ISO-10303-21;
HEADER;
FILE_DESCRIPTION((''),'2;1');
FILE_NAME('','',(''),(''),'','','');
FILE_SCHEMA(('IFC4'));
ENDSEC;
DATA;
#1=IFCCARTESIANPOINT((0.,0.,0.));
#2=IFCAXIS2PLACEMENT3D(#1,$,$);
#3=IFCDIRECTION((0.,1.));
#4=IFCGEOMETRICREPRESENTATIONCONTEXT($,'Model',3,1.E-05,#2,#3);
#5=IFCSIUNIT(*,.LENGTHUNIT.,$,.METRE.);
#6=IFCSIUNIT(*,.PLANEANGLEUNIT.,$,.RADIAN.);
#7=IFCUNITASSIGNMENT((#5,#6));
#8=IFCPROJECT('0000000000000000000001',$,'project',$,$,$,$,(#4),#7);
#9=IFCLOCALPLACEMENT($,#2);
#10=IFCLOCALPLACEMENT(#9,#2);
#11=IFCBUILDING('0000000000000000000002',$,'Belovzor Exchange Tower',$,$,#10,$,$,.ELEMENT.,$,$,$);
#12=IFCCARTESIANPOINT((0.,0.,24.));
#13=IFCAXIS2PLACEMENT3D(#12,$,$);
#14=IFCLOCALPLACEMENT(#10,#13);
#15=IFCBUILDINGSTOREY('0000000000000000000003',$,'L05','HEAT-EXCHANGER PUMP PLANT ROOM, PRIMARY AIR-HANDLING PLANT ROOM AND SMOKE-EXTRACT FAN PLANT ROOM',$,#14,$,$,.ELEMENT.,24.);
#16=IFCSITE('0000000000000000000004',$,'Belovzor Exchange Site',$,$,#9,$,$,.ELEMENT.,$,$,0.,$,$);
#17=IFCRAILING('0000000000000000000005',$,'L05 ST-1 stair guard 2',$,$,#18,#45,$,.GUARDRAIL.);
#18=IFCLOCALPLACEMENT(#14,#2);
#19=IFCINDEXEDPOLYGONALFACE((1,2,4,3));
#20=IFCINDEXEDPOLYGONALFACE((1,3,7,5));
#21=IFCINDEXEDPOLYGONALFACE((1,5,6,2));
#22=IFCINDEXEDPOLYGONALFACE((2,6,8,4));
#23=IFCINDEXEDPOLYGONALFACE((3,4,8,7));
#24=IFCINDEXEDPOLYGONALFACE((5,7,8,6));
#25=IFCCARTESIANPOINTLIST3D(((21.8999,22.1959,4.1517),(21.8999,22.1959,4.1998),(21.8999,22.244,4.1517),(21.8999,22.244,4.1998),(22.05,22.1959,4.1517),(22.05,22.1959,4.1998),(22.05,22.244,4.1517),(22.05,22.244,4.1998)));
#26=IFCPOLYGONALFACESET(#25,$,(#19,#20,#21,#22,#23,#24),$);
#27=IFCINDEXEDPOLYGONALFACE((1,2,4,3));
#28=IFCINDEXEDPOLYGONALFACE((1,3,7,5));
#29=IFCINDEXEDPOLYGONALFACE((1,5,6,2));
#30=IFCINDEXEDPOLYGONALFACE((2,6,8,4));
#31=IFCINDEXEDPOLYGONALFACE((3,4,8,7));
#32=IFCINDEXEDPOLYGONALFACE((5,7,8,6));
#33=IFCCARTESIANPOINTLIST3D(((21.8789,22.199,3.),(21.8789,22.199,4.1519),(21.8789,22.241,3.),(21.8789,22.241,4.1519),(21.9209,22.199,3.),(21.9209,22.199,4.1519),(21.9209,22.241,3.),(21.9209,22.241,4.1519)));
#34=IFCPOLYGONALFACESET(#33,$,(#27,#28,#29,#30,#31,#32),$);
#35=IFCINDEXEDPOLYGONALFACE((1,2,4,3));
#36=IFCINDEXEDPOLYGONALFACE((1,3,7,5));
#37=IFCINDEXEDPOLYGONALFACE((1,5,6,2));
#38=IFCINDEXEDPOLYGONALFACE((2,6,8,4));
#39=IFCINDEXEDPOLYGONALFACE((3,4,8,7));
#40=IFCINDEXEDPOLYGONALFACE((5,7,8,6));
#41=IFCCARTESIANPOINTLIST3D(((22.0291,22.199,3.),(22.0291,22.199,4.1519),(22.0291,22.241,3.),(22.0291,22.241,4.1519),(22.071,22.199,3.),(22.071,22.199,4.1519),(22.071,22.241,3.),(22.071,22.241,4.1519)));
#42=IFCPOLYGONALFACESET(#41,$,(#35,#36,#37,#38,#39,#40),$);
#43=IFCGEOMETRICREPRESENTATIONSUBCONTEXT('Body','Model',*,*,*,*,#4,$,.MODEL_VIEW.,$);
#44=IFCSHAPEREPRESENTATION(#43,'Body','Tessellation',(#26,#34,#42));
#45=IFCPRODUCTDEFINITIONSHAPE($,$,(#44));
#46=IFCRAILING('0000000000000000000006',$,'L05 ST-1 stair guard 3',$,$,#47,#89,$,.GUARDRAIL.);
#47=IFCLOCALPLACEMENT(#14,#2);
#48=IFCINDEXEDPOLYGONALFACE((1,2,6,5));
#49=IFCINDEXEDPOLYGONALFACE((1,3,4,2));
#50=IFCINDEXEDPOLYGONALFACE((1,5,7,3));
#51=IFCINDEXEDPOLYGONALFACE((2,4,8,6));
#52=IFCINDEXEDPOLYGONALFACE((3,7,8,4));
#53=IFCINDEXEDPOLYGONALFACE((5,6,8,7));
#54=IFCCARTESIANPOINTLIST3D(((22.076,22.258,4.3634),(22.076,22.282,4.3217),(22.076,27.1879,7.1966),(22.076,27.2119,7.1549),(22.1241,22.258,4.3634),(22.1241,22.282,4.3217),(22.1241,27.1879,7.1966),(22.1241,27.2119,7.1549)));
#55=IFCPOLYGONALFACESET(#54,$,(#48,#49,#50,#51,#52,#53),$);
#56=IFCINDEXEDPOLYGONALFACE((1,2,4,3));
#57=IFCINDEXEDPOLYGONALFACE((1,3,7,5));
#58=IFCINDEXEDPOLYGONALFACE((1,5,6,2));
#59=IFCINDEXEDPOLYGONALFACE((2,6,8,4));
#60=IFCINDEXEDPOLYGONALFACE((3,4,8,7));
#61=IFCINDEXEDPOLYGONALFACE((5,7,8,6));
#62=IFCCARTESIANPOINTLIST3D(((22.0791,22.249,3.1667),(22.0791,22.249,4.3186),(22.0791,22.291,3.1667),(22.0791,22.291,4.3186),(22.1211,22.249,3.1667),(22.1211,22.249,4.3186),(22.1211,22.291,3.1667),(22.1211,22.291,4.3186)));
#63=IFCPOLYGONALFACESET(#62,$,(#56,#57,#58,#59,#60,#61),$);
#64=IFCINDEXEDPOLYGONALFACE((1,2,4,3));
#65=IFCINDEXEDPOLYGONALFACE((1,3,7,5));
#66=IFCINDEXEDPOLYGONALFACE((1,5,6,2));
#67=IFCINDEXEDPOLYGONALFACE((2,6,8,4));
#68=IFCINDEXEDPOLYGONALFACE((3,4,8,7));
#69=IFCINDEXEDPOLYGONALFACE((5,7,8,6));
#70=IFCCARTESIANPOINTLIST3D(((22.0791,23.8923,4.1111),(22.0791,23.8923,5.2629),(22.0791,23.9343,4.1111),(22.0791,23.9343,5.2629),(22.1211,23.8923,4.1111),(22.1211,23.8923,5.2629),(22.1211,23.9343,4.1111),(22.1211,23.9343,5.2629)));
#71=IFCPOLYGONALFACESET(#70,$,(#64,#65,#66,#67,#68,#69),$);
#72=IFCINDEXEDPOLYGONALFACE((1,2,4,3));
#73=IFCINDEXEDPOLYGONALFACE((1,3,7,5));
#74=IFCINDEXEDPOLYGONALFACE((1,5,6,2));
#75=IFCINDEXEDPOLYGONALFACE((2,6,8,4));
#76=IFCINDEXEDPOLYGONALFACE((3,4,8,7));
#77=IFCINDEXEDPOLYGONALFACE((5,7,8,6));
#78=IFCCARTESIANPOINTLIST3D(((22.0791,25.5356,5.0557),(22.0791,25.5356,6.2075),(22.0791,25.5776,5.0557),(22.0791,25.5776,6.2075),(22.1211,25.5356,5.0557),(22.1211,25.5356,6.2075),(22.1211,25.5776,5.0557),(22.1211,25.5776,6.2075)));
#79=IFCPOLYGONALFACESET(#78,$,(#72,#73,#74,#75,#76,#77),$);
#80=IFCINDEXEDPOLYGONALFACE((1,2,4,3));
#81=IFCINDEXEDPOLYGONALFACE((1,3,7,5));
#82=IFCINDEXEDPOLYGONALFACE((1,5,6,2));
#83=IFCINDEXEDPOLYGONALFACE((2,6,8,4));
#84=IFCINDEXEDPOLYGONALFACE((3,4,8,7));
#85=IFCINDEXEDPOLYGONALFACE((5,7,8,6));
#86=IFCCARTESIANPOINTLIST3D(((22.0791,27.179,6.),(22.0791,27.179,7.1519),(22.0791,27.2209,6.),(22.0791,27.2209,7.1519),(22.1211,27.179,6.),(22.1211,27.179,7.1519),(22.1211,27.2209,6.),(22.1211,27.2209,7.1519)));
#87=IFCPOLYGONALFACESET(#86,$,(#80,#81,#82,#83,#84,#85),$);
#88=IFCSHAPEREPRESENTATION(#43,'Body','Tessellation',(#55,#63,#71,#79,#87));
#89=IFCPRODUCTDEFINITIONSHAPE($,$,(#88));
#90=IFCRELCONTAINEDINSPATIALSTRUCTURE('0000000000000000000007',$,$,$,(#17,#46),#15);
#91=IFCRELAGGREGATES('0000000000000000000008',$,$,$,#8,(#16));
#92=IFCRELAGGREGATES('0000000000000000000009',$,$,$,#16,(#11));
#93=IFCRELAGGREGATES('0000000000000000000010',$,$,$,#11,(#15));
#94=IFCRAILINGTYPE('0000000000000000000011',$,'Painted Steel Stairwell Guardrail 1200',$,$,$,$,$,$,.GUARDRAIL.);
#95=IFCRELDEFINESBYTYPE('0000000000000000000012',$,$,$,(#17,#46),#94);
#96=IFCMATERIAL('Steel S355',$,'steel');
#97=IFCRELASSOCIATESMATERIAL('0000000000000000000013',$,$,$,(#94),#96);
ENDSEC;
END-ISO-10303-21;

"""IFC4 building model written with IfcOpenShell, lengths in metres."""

from ifc_helpers import new_model, si_unit, direction, frame, origin, origin_2d, place, context, subcontext, project, spatial, rectangle, extrude, material, type_object, element, save


model = new_model("IFC4")

# Units and contexts
model_context = context("Model", 3, precision=1e-05, world=origin(), true_north=direction((0.0, 1.0)))
body_context = subcontext(model_context, "Body", "Model", "MODEL_VIEW")
ifc_project = project(units=[si_unit("LENGTHUNIT", "METRE"), si_unit("PLANEANGLEUNIT", "RADIAN")], contexts=[model_context])

# Site, building, storey
site_placement = place(None, origin())
site = spatial("IfcSite", under=ifc_project, at=site_placement, Name="Belovzor Exchange Site", CompositionType="ELEMENT", RefElevation=0.0)
building_placement = place(site_placement, origin())
building = spatial("IfcBuilding", under=site, at=building_placement, Name="Belovzor Exchange Tower", CompositionType="ELEMENT")
storey_placement = place(building_placement, frame((0.0, 0.0, 24.0)))
storey = spatial("IfcBuildingStorey", under=building, at=storey_placement, Name="L05", Description="HEAT-EXCHANGER PUMP PLANT ROOM, PRIMARY AIR-HANDLING PLANT ROOM AND SMOKE-EXTRACT FAN PLANT ROOM", CompositionType="ELEMENT", Elevation=24.0)

# Railings
ifc_material_1 = material(Name="Steel S355", Category="steel")
railing_type_1 = type_object("IfcRailingType", Name="Painted Steel Stairwell Guardrail 1200", PredefinedType="GUARDRAIL", material=ifc_material_1)
railing_1_placement = place(storey_placement, frame((21.8999, 22.22, 3.0)))
element("IfcRailing", 1, at=railing_1_placement, inside=storey, type_object=railing_type_1, Name="L05 ST-1 stair guard 2", PredefinedType="GUARDRAIL", context=body_context, shape_type="SweptSolid", body=[
    extrude(rectangle(XDim=0.0481, YDim=0.0481, at=origin_2d()), frame((0.0, 0.0, 1.1758), z_axis=(1.0, 0.0, 0.0), x_axis=(0.0, 1.0, 0.0)), (0.0, 0.0, 1.0), 0.1501),
    extrude(rectangle(XDim=0.042, YDim=0.042, at=origin_2d()), origin(), (0.0, 0.0, 1.0), 1.1519),
    extrude(rectangle(XDim=0.042, YDim=0.042, at=origin_2d()), frame((0.1501, 0.0, 0.0)), (0.0, 0.0, 1.0), 1.1519),
])
railing_2_placement = place(storey_placement, frame((22.1001, 22.27, 3.1667)))
element("IfcRailing", 2, at=railing_2_placement, inside=storey, type_object=railing_type_1, Name="L05 ST-1 stair guard 3", PredefinedType="GUARDRAIL", context=body_context, shape_type="SweptSolid", body=[
    extrude(rectangle(XDim=0.0481, YDim=0.0481, at=origin_2d()), frame((0.0, 0.0, 1.1758), z_axis=(0.0, 0.867017, 0.498278), x_axis=(-1.0, 0.0, 0.0)), (0.0, 0.0, 1.0), 5.686),
    extrude(rectangle(XDim=0.042, YDim=0.042, at=origin_2d()), origin(), (0.0, 0.0, 1.0), 1.1519),
    extrude(rectangle(XDim=0.042, YDim=0.042, at=origin_2d()), frame((0.0, 1.6433, 0.9443)), (0.0, 0.0, 1.0), 1.1519),
    extrude(rectangle(XDim=0.042, YDim=0.042, at=origin_2d()), frame((0.0, 3.2866, 1.8889)), (0.0, 0.0, 1.0), 1.1519),
    extrude(rectangle(XDim=0.042, YDim=0.042, at=origin_2d()), frame((0.0, 4.9299, 2.8333)), (0.0, 0.0, 1.0), 1.1519),
])

save(model, "model.ifc")
